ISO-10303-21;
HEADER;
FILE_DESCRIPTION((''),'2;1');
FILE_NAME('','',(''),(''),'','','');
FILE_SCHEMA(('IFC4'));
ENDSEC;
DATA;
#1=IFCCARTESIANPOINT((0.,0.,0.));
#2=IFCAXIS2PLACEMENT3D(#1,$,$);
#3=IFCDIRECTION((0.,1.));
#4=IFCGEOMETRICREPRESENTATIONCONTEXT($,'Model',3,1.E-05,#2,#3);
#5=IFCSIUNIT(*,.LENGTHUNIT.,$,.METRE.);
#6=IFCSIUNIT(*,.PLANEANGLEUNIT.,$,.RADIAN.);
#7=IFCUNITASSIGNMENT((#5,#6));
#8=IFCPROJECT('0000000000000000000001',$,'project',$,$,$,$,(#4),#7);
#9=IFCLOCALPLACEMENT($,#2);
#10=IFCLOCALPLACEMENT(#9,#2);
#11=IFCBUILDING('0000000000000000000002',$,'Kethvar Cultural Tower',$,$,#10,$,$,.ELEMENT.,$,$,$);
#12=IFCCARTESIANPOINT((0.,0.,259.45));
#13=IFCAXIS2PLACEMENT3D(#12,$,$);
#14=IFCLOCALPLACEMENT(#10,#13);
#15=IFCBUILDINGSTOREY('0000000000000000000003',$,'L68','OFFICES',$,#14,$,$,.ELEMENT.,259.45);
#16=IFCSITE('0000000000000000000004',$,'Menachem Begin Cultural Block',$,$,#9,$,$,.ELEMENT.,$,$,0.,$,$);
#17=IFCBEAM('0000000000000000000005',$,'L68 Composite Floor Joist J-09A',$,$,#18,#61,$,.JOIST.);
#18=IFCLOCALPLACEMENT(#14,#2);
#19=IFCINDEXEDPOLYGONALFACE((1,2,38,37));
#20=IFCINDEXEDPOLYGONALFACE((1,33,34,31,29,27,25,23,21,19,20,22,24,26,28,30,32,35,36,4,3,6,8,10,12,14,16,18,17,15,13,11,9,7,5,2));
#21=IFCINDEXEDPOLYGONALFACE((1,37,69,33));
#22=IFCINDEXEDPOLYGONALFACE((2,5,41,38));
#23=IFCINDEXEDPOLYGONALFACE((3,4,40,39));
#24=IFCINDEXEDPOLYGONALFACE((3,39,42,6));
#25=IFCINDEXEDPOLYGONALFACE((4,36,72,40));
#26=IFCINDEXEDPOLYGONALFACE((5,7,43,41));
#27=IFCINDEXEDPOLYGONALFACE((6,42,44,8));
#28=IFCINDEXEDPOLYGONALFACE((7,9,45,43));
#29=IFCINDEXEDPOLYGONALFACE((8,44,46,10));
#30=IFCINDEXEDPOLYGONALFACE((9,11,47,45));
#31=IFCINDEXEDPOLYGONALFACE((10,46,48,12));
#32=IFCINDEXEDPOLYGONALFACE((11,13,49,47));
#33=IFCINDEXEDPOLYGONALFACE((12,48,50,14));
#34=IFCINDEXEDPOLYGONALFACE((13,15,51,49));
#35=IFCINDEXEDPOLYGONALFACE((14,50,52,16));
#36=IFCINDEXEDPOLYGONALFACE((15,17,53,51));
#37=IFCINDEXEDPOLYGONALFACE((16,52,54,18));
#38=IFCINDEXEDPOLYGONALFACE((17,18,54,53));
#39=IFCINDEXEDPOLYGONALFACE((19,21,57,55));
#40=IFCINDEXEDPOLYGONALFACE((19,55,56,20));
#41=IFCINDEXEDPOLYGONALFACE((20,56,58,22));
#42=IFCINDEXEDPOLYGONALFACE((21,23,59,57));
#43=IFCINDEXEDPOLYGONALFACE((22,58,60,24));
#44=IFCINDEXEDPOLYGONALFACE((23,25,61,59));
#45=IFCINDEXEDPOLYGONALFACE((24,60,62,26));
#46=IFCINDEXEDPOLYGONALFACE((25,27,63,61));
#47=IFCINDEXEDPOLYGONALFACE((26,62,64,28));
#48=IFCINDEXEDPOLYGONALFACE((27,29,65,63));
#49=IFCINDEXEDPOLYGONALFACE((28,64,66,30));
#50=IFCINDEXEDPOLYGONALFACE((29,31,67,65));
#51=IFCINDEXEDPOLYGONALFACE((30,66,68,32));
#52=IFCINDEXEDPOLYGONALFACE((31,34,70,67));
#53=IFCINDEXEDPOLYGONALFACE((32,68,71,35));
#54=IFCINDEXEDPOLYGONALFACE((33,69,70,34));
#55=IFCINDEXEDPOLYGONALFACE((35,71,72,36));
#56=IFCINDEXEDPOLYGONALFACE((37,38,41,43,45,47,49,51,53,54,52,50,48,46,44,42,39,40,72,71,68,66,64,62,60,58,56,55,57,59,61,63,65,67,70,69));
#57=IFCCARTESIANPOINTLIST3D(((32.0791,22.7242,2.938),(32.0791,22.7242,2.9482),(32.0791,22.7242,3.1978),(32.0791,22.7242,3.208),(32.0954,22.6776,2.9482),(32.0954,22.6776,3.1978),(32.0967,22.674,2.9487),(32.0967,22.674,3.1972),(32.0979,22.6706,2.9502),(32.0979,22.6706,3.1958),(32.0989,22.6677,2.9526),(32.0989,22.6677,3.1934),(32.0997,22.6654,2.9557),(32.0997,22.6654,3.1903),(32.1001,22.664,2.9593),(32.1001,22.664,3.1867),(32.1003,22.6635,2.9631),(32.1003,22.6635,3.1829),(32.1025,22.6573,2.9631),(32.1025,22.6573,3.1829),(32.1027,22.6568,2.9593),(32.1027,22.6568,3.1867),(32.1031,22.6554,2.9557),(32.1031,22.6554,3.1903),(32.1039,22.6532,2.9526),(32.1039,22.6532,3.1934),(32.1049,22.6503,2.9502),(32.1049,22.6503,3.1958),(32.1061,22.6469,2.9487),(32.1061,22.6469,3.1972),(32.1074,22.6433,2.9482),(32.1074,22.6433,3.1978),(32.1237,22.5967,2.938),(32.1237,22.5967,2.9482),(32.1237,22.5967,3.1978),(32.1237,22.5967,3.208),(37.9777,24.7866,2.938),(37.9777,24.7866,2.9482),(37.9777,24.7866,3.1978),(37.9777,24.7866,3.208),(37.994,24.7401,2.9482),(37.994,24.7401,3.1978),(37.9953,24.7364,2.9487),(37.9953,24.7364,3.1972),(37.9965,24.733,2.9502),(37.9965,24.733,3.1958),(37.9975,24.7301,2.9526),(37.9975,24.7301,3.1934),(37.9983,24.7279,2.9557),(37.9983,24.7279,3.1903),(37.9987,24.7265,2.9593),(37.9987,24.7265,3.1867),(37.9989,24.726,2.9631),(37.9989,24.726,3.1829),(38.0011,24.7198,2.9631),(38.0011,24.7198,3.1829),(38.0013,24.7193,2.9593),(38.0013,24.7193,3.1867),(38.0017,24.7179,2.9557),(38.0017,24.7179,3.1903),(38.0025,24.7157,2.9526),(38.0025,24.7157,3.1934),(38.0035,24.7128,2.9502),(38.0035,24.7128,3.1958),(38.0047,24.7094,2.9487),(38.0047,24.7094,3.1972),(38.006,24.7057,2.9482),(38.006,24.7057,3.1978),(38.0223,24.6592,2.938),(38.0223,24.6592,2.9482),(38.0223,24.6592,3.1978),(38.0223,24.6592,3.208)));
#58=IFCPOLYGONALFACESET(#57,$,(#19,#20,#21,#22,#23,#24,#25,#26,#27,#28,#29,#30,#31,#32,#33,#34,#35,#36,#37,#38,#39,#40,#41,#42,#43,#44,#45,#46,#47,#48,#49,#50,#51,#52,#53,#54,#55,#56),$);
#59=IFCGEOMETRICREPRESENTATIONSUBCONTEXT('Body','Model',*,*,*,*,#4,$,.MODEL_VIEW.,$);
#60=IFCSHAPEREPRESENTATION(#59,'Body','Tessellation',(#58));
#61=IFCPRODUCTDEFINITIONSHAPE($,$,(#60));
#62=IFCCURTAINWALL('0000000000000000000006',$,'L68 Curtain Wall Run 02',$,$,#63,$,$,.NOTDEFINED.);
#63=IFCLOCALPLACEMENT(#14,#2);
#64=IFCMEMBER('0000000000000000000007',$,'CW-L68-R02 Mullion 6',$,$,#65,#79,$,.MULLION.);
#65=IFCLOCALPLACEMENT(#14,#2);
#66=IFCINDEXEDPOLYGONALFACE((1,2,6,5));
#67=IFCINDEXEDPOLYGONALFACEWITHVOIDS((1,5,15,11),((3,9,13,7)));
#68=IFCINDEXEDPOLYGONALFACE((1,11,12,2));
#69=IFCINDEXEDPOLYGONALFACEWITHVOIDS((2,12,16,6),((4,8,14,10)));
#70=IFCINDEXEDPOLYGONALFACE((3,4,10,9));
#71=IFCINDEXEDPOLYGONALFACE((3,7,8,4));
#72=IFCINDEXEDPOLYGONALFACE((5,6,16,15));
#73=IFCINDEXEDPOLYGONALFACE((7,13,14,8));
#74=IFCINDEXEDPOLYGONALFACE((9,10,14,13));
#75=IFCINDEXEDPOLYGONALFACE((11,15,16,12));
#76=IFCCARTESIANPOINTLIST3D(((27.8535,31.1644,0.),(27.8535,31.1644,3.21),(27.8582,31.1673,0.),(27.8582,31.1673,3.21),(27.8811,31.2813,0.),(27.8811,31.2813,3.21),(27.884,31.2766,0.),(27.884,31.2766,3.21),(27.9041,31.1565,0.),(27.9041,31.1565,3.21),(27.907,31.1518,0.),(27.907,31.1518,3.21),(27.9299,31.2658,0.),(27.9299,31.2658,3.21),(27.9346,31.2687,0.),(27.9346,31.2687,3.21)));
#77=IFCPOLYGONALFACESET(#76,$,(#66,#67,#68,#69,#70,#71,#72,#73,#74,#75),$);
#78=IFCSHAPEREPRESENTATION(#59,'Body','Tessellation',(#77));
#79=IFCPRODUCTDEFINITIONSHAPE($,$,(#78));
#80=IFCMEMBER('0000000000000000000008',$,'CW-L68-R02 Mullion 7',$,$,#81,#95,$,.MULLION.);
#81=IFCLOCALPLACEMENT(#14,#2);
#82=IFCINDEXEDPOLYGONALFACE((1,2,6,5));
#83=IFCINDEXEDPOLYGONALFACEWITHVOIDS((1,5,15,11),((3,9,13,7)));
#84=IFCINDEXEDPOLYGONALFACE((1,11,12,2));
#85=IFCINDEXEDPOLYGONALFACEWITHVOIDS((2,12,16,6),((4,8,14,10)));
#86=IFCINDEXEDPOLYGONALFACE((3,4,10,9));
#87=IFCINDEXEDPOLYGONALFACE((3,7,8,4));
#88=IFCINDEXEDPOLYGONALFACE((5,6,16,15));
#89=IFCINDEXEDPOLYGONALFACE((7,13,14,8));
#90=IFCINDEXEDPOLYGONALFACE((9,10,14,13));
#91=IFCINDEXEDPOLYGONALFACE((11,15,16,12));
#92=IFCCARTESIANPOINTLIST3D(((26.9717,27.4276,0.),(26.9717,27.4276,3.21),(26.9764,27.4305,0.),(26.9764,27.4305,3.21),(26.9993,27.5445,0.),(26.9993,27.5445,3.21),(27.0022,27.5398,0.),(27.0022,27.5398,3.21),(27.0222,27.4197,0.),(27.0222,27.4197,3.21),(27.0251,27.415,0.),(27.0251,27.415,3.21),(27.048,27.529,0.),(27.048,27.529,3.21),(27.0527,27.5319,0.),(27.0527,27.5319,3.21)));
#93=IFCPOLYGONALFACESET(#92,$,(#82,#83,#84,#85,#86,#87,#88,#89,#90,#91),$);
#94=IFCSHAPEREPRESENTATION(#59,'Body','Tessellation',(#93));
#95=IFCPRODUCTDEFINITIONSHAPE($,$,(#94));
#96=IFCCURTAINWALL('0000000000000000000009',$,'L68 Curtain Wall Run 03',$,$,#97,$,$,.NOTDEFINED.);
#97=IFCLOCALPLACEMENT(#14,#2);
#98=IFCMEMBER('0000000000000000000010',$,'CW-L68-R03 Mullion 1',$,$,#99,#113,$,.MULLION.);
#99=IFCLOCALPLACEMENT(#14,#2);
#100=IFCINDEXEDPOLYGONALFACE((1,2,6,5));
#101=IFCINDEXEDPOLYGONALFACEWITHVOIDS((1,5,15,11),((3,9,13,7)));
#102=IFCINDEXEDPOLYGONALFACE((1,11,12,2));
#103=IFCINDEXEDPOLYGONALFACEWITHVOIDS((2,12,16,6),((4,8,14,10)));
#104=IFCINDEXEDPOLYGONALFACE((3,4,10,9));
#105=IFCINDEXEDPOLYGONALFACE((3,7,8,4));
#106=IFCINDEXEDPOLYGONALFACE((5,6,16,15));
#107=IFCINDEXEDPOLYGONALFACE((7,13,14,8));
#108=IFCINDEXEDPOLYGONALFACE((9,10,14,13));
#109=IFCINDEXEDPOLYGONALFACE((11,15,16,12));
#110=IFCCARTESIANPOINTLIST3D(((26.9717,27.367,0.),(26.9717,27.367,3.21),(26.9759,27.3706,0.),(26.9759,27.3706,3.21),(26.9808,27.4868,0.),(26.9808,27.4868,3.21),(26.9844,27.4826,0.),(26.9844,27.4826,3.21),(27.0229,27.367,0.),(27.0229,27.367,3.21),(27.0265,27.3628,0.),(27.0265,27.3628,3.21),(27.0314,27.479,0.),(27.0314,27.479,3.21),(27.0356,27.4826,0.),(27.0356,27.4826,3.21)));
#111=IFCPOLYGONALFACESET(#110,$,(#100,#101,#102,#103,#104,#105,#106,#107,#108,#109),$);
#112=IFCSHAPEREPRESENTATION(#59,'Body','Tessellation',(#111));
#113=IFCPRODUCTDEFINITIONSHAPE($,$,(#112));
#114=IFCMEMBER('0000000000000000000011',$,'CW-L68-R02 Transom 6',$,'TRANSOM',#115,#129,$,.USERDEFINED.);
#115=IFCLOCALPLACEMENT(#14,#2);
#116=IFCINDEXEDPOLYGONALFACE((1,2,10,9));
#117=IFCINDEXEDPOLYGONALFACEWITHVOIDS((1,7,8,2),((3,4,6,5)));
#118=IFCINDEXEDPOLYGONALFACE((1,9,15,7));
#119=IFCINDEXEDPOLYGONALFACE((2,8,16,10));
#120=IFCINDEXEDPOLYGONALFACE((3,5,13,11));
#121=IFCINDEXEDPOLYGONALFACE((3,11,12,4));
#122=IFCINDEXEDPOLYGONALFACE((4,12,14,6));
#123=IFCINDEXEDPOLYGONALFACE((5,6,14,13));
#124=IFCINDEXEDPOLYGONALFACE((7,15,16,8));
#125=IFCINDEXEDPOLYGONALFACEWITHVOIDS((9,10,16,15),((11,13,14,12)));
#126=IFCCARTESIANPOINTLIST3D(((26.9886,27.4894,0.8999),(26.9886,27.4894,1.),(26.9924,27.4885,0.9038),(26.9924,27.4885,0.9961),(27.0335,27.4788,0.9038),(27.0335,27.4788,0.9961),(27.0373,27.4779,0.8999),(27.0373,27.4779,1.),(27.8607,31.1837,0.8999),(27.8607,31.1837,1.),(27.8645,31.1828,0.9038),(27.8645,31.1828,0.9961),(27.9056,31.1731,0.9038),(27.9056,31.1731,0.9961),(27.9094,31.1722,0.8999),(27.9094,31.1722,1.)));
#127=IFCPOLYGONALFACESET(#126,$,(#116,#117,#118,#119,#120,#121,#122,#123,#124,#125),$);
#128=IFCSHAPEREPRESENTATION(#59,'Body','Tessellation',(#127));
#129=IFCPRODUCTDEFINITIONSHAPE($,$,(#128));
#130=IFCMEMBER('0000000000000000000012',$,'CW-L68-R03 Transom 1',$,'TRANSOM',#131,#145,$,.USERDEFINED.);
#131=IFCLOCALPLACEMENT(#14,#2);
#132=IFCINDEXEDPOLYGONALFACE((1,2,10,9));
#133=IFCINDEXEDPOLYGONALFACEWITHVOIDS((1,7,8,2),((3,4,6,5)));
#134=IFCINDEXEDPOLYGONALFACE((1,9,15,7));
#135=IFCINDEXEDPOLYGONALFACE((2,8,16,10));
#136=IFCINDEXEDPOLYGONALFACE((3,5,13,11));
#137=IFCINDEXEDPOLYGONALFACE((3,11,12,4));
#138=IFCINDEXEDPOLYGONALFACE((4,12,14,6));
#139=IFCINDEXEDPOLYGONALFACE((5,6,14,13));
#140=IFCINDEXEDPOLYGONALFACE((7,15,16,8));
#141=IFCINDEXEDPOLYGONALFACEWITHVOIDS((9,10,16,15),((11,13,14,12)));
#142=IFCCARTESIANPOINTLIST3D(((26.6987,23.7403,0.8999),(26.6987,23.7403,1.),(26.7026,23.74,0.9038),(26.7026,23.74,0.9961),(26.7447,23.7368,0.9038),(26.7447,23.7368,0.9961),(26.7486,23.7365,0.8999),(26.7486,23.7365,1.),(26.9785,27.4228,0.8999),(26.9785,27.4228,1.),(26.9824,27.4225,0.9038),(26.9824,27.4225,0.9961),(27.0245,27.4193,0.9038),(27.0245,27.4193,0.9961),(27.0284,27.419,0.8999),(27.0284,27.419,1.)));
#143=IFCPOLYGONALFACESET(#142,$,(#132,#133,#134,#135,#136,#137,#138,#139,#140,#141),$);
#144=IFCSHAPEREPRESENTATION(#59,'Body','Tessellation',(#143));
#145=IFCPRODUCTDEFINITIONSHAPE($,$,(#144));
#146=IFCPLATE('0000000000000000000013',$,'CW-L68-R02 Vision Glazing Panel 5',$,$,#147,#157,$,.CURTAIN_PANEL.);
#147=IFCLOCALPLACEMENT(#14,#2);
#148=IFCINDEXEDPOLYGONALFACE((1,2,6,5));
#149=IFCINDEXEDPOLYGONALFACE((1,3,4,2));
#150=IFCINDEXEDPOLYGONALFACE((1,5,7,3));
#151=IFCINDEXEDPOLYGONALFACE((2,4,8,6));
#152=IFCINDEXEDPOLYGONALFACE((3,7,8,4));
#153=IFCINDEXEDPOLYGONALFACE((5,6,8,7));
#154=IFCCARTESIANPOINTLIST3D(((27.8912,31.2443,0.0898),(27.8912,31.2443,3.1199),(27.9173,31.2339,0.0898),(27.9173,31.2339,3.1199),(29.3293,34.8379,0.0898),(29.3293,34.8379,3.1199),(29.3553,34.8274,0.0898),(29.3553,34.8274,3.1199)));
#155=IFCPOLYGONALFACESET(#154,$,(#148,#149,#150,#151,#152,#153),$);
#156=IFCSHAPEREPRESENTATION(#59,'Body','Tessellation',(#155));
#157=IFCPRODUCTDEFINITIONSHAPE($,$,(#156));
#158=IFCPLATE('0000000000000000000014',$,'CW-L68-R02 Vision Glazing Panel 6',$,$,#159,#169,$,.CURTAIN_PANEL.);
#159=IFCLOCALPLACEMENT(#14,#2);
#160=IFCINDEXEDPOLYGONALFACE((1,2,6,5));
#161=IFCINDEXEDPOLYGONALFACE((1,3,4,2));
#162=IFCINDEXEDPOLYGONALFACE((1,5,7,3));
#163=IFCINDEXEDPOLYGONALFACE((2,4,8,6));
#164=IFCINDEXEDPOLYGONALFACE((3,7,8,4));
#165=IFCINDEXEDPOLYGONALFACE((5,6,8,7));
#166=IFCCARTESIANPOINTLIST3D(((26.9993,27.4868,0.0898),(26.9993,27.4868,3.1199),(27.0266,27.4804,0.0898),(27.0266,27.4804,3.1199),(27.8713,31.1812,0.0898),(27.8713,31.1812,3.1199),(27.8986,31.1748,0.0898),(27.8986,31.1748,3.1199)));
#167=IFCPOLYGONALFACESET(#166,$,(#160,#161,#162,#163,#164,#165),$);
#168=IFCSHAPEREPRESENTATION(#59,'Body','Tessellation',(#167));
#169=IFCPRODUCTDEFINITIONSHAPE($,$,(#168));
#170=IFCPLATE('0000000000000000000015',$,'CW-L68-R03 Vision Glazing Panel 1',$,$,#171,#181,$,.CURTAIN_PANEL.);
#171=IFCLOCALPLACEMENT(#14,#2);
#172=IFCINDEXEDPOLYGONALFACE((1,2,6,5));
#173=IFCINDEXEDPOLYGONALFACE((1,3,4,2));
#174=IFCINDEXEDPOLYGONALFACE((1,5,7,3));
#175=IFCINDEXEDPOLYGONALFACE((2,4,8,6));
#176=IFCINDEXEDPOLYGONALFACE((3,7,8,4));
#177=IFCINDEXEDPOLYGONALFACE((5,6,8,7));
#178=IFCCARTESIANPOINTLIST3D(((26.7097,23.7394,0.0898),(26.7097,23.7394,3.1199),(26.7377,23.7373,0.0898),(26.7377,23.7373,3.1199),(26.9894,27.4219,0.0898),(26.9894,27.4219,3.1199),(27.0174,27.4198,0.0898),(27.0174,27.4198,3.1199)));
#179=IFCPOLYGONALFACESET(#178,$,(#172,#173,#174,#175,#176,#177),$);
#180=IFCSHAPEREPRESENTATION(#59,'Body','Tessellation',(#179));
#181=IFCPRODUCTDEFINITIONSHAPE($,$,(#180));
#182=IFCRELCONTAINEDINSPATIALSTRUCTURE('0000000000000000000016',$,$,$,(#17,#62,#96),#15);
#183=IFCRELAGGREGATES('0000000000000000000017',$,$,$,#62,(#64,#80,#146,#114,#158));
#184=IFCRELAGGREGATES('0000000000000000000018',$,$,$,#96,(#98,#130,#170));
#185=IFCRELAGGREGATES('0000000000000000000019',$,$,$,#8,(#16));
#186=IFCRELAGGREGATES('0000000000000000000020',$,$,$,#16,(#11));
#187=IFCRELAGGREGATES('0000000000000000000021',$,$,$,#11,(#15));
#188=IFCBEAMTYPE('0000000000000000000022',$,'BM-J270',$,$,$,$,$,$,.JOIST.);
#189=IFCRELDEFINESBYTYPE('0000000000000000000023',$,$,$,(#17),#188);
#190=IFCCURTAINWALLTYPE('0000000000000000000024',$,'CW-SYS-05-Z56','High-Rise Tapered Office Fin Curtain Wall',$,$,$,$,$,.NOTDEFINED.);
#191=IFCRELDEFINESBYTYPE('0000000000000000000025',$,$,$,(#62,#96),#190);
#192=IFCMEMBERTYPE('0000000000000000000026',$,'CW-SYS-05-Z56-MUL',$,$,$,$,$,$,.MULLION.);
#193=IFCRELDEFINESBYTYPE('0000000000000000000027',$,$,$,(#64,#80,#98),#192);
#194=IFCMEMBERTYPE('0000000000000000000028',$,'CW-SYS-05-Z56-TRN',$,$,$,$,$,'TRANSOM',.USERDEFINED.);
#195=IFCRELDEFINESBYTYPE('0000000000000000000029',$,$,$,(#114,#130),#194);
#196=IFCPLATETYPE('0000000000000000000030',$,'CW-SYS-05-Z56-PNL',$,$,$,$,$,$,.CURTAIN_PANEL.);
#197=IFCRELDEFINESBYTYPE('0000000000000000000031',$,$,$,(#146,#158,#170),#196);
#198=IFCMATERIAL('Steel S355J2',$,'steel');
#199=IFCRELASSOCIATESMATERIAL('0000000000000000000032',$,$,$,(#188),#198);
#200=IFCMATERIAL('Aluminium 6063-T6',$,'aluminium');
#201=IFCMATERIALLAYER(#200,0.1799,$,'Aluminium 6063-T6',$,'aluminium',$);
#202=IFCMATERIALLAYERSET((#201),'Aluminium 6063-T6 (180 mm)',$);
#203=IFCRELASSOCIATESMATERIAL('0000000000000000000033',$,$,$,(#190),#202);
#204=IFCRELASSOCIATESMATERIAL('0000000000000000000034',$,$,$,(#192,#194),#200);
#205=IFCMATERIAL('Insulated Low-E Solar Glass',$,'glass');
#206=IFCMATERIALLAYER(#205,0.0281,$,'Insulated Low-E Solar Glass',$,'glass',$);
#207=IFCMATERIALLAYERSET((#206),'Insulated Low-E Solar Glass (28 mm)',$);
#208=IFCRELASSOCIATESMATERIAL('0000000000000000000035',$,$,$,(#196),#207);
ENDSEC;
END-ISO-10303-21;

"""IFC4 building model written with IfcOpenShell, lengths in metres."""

from ifc_helpers import new_model, si_unit, direction, frame, origin, origin_2d, place, context, subcontext, project, spatial, rectangle, hollow_rectangle, i_section, extrude, source, transform, mapped, material, layer, layer_set, material_profile, profile_set, type_object, element, aggregate, save


model = new_model("IFC4")

# Units and contexts
model_context = context("Model", 3, precision=1e-05, world=origin(), true_north=direction((0.0, 1.0)))
body_context = subcontext(model_context, "Body", "Model", "MODEL_VIEW")
ifc_project = project(units=[si_unit("LENGTHUNIT", "METRE"), si_unit("PLANEANGLEUNIT", "RADIAN")], contexts=[model_context])

# Site, building, storey
site_placement = place(None, origin())
site = spatial("IfcSite", under=ifc_project, at=site_placement, Name="Menachem Begin Cultural Block", CompositionType="ELEMENT", RefElevation=0.0)
building_placement = place(site_placement, origin())
building = spatial("IfcBuilding", under=site, at=building_placement, Name="Kethvar Cultural Tower", CompositionType="ELEMENT")
storey_placement = place(building_placement, frame((0.0, 0.0, 259.45)))
storey = spatial("IfcBuildingStorey", under=building, at=storey_placement, Name="L68", Description="OFFICES", CompositionType="ELEMENT", Elevation=259.45)

# Beam
ifc_material_1 = material(Name="Steel S355J2", Category="steel")
ifc_material_profile_1 = material_profile(ifc_material_1, i_section(OverallWidth=0.135, OverallDepth=0.27, WebThickness=0.0066, FlangeThickness=0.0103, FilletRadius=0.0149, at=origin_2d()), Name="Steel S355J2 — IPE270")
ifc_profile_set_1 = profile_set([ifc_material_profile_1], Name="Steel S355J2 — IPE270")
beam_type_1 = type_object("IfcBeamType", Name="BM-J270", PredefinedType="JOIST", material=ifc_profile_set_1)
shared_shape_1 = source(origin(), body_context, "Body", "SweptSolid", [
    extrude(i_section(OverallWidth=0.135, OverallDepth=0.27, WebThickness=0.0066, FlangeThickness=0.0103, FilletRadius=0.0149, at=origin_2d()), origin(), (0.0, 0.0, 1.0), 6.2488),
])
beam_1_placement = place(storey_placement, frame((38.0, 24.7229, 3.073), z_axis=(-0.94396, -0.33006, 0.0), x_axis=(0.33006, -0.94396, 0.0)))
element("IfcBeam", 1, at=beam_1_placement, inside=storey, type_object=beam_type_1, Name="L68 Composite Floor Joist J-09A", PredefinedType="JOIST", context=body_context, shape_type="MappedRepresentation", body=[
    mapped(shared_shape_1, transform((0.0, 0.0, 0.0), scale=1.0)),
])

# Curtain wall, members
ifc_material_2 = material(Name="Aluminium 6063-T6", Category="aluminium")
ifc_layer_1 = layer(ifc_material_2, 0.1799, Name="Aluminium 6063-T6", Category="aluminium")
ifc_layer_set_1 = layer_set([ifc_layer_1], Name="Aluminium 6063-T6 (180 mm)")
curtain_wall_type = type_object("IfcCurtainWallType", Name="CW-SYS-05-Z56", Description="High-Rise Tapered Office Fin Curtain Wall", PredefinedType="NOTDEFINED", material=ifc_layer_set_1)
curtain_wall_1_placement = place(storey_placement, origin())
curtain_wall_1 = element("IfcCurtainWall", 2, at=curtain_wall_1_placement, inside=storey, type_object=curtain_wall_type, Name="L68 Curtain Wall Run 02", PredefinedType="NOTDEFINED")
ifc_material_profile_2 = material_profile(ifc_material_2, hollow_rectangle(XDim=0.0549, YDim=0.1201, WallThickness=0.0039, at=origin_2d()), Name="Aluminium 6063-T6 — RHS120x55x4")
ifc_profile_set_2 = profile_set([ifc_material_profile_2], Name="Aluminium 6063-T6 — RHS120x55x4")
member_type_1 = type_object("IfcMemberType", Name="CW-SYS-05-Z56-MUL", PredefinedType="MULLION", material=ifc_profile_set_2)
shared_shape_2 = source(origin(), body_context, "Body", "SweptSolid", [
    extrude(hollow_rectangle(XDim=0.0549, YDim=0.1201, WallThickness=0.0039, at=origin_2d()), origin(), (0.0, 0.0, 1.0), 3.21),
])
member_1_placement = place(storey_placement, frame((27.894, 31.2166, 0.0), z_axis=(0.0, 0.0, 1.0), x_axis=(0.973255, -0.229727, 0.0)))
member_1 = element("IfcMember", 3, at=member_1_placement, type_object=member_type_1, Name="CW-L68-R02 Mullion 6", PredefinedType="MULLION", context=body_context, shape_type="MappedRepresentation", body=[
    mapped(shared_shape_2, transform((0.0, 0.0, 0.0), scale=1.0)),
])
member_2_placement = place(storey_placement, frame((27.0122, 27.4797, 0.0), z_axis=(0.0, 0.0, 1.0), x_axis=(0.973255, -0.229727, 0.0)))
member_2 = element("IfcMember", 4, at=member_2_placement, type_object=member_type_1, Name="CW-L68-R02 Mullion 7", PredefinedType="MULLION", context=body_context, shape_type="MappedRepresentation", body=[
    mapped(shared_shape_2, transform((0.0, 0.0, 0.0), scale=1.0)),
])

# Curtain wall, member
curtain_wall_2_placement = place(storey_placement, origin())
curtain_wall_2 = element("IfcCurtainWall", 5, at=curtain_wall_2_placement, inside=storey, type_object=curtain_wall_type, Name="L68 Curtain Wall Run 03", PredefinedType="NOTDEFINED")
member_3_placement = place(storey_placement, frame((27.0037, 27.4248, 0.0), z_axis=(0.0, 0.0, 1.0), x_axis=(0.997129, -0.075727, 0.0)))
member_3 = element("IfcMember", 6, at=member_3_placement, type_object=member_type_1, Name="CW-L68-R03 Mullion 1", PredefinedType="MULLION", context=body_context, shape_type="MappedRepresentation", body=[
    mapped(shared_shape_2, transform((0.0, 0.0, 0.0), scale=1.0)),
])

# Members
ifc_material_profile_3 = material_profile(ifc_material_2, hollow_rectangle(XDim=0.05, YDim=0.1001, WallThickness=0.0039, at=origin_2d()), Name="Aluminium 6063-T6 — RHS100x50x4")
ifc_profile_set_3 = profile_set([ifc_material_profile_3], Name="Aluminium 6063-T6 — RHS100x50x4")
member_type_2 = type_object("IfcMemberType", Name="CW-SYS-05-Z56-TRN", ElementType="TRANSOM", PredefinedType="USERDEFINED", material=ifc_profile_set_3)
shared_shape_3 = source(origin(), body_context, "Body", "SweptSolid", [
    extrude(hollow_rectangle(XDim=0.05, YDim=0.1001, WallThickness=0.0039, at=origin_2d()), origin(), (0.0, 0.0, 1.0), 3.7959),
])
member_4_placement = place(storey_placement, frame((27.885, 31.178, 0.95), z_axis=(-0.229742, -0.973252, 0.0), x_axis=(0.973252, -0.229742, 0.0)))
member_4 = element("IfcMember", 7, at=member_4_placement, type_object=member_type_2, Name="CW-L68-R02 Transom 6", ObjectType="TRANSOM", PredefinedType="USERDEFINED", context=body_context, shape_type="MappedRepresentation", body=[
    mapped(shared_shape_3, transform((0.0, 0.0, 0.0), scale=1.0)),
])
shared_shape_4 = source(origin(), body_context, "Body", "SweptSolid", [
    extrude(hollow_rectangle(XDim=0.05, YDim=0.1001, WallThickness=0.0039, at=origin_2d()), origin(), (0.0, 0.0, 1.0), 3.6931),
])
member_5_placement = place(storey_placement, frame((27.0034, 27.4209, 0.95), z_axis=(-0.075756, -0.997126, 0.0), x_axis=(0.997126, -0.075756, 0.0)))
member_5 = element("IfcMember", 8, at=member_5_placement, type_object=member_type_2, Name="CW-L68-R03 Transom 1", ObjectType="TRANSOM", PredefinedType="USERDEFINED", context=body_context, shape_type="MappedRepresentation", body=[
    mapped(shared_shape_4, transform((0.0, 0.0, 0.0), scale=1.0)),
])

# Plates
ifc_material_3 = material(Name="Insulated Low-E Solar Glass", Category="glass")
ifc_layer_2 = layer(ifc_material_3, 0.0281, Name="Insulated Low-E Solar Glass", Category="glass")
ifc_layer_set_2 = layer_set([ifc_layer_2], Name="Insulated Low-E Solar Glass (28 mm)")
plate_type = type_object("IfcPlateType", Name="CW-SYS-05-Z56-PNL", PredefinedType="CURTAIN_PANEL", material=ifc_layer_set_2)
shared_shape_5 = source(origin(), body_context, "Body", "SweptSolid", [
    extrude(rectangle(XDim=3.8706, YDim=0.0281, at=origin_2d()), origin(), (0.0, 0.0, 1.0), 3.03),
])
plate_1_placement = place(storey_placement, frame((28.6233, 33.0359, 0.0898), z_axis=(0.0, 0.0, 1.0), x_axis=(-0.37153, -0.928421, 0.0)))
plate_1 = element("IfcPlate", 9, at=plate_1_placement, type_object=plate_type, Name="CW-L68-R02 Vision Glazing Panel 5", PredefinedType="CURTAIN_PANEL", context=body_context, shape_type="MappedRepresentation", body=[
    mapped(shared_shape_5, transform((0.0, 0.0, 0.0), scale=1.0)),
])
shared_shape_6 = source(origin(), body_context, "Body", "SweptSolid", [
    extrude(rectangle(XDim=3.7959, YDim=0.0281, at=origin_2d()), origin(), (0.0, 0.0, 1.0), 3.03),
])
plate_2_placement = place(storey_placement, frame((27.449, 29.3308, 0.0898), z_axis=(0.0, 0.0, 1.0), x_axis=(-0.229727, -0.973255, 0.0)))
plate_2 = element("IfcPlate", 10, at=plate_2_placement, type_object=plate_type, Name="CW-L68-R02 Vision Glazing Panel 6", PredefinedType="CURTAIN_PANEL", context=body_context, shape_type="MappedRepresentation", body=[
    mapped(shared_shape_6, transform((0.0, 0.0, 0.0), scale=1.0)),
])
aggregate(curtain_wall_1, [member_1, member_2, plate_1, member_4, plate_2])
shared_shape_7 = source(origin(), body_context, "Body", "SweptSolid", [
    extrude(rectangle(XDim=3.6931, YDim=0.0281, at=origin_2d()), origin(), (0.0, 0.0, 1.0), 3.03),
])
plate_3_placement = place(storey_placement, frame((26.8635, 25.5796, 0.0898), z_axis=(0.0, 0.0, 1.0), x_axis=(-0.075727, -0.997129, 0.0)))
plate_3 = element("IfcPlate", 11, at=plate_3_placement, type_object=plate_type, Name="CW-L68-R03 Vision Glazing Panel 1", PredefinedType="CURTAIN_PANEL", context=body_context, shape_type="MappedRepresentation", body=[
    mapped(shared_shape_7, transform((0.0, 0.0, 0.0), scale=1.0)),
])
aggregate(curtain_wall_2, [member_3, member_5, plate_3])

save(model, "model.ifc")
